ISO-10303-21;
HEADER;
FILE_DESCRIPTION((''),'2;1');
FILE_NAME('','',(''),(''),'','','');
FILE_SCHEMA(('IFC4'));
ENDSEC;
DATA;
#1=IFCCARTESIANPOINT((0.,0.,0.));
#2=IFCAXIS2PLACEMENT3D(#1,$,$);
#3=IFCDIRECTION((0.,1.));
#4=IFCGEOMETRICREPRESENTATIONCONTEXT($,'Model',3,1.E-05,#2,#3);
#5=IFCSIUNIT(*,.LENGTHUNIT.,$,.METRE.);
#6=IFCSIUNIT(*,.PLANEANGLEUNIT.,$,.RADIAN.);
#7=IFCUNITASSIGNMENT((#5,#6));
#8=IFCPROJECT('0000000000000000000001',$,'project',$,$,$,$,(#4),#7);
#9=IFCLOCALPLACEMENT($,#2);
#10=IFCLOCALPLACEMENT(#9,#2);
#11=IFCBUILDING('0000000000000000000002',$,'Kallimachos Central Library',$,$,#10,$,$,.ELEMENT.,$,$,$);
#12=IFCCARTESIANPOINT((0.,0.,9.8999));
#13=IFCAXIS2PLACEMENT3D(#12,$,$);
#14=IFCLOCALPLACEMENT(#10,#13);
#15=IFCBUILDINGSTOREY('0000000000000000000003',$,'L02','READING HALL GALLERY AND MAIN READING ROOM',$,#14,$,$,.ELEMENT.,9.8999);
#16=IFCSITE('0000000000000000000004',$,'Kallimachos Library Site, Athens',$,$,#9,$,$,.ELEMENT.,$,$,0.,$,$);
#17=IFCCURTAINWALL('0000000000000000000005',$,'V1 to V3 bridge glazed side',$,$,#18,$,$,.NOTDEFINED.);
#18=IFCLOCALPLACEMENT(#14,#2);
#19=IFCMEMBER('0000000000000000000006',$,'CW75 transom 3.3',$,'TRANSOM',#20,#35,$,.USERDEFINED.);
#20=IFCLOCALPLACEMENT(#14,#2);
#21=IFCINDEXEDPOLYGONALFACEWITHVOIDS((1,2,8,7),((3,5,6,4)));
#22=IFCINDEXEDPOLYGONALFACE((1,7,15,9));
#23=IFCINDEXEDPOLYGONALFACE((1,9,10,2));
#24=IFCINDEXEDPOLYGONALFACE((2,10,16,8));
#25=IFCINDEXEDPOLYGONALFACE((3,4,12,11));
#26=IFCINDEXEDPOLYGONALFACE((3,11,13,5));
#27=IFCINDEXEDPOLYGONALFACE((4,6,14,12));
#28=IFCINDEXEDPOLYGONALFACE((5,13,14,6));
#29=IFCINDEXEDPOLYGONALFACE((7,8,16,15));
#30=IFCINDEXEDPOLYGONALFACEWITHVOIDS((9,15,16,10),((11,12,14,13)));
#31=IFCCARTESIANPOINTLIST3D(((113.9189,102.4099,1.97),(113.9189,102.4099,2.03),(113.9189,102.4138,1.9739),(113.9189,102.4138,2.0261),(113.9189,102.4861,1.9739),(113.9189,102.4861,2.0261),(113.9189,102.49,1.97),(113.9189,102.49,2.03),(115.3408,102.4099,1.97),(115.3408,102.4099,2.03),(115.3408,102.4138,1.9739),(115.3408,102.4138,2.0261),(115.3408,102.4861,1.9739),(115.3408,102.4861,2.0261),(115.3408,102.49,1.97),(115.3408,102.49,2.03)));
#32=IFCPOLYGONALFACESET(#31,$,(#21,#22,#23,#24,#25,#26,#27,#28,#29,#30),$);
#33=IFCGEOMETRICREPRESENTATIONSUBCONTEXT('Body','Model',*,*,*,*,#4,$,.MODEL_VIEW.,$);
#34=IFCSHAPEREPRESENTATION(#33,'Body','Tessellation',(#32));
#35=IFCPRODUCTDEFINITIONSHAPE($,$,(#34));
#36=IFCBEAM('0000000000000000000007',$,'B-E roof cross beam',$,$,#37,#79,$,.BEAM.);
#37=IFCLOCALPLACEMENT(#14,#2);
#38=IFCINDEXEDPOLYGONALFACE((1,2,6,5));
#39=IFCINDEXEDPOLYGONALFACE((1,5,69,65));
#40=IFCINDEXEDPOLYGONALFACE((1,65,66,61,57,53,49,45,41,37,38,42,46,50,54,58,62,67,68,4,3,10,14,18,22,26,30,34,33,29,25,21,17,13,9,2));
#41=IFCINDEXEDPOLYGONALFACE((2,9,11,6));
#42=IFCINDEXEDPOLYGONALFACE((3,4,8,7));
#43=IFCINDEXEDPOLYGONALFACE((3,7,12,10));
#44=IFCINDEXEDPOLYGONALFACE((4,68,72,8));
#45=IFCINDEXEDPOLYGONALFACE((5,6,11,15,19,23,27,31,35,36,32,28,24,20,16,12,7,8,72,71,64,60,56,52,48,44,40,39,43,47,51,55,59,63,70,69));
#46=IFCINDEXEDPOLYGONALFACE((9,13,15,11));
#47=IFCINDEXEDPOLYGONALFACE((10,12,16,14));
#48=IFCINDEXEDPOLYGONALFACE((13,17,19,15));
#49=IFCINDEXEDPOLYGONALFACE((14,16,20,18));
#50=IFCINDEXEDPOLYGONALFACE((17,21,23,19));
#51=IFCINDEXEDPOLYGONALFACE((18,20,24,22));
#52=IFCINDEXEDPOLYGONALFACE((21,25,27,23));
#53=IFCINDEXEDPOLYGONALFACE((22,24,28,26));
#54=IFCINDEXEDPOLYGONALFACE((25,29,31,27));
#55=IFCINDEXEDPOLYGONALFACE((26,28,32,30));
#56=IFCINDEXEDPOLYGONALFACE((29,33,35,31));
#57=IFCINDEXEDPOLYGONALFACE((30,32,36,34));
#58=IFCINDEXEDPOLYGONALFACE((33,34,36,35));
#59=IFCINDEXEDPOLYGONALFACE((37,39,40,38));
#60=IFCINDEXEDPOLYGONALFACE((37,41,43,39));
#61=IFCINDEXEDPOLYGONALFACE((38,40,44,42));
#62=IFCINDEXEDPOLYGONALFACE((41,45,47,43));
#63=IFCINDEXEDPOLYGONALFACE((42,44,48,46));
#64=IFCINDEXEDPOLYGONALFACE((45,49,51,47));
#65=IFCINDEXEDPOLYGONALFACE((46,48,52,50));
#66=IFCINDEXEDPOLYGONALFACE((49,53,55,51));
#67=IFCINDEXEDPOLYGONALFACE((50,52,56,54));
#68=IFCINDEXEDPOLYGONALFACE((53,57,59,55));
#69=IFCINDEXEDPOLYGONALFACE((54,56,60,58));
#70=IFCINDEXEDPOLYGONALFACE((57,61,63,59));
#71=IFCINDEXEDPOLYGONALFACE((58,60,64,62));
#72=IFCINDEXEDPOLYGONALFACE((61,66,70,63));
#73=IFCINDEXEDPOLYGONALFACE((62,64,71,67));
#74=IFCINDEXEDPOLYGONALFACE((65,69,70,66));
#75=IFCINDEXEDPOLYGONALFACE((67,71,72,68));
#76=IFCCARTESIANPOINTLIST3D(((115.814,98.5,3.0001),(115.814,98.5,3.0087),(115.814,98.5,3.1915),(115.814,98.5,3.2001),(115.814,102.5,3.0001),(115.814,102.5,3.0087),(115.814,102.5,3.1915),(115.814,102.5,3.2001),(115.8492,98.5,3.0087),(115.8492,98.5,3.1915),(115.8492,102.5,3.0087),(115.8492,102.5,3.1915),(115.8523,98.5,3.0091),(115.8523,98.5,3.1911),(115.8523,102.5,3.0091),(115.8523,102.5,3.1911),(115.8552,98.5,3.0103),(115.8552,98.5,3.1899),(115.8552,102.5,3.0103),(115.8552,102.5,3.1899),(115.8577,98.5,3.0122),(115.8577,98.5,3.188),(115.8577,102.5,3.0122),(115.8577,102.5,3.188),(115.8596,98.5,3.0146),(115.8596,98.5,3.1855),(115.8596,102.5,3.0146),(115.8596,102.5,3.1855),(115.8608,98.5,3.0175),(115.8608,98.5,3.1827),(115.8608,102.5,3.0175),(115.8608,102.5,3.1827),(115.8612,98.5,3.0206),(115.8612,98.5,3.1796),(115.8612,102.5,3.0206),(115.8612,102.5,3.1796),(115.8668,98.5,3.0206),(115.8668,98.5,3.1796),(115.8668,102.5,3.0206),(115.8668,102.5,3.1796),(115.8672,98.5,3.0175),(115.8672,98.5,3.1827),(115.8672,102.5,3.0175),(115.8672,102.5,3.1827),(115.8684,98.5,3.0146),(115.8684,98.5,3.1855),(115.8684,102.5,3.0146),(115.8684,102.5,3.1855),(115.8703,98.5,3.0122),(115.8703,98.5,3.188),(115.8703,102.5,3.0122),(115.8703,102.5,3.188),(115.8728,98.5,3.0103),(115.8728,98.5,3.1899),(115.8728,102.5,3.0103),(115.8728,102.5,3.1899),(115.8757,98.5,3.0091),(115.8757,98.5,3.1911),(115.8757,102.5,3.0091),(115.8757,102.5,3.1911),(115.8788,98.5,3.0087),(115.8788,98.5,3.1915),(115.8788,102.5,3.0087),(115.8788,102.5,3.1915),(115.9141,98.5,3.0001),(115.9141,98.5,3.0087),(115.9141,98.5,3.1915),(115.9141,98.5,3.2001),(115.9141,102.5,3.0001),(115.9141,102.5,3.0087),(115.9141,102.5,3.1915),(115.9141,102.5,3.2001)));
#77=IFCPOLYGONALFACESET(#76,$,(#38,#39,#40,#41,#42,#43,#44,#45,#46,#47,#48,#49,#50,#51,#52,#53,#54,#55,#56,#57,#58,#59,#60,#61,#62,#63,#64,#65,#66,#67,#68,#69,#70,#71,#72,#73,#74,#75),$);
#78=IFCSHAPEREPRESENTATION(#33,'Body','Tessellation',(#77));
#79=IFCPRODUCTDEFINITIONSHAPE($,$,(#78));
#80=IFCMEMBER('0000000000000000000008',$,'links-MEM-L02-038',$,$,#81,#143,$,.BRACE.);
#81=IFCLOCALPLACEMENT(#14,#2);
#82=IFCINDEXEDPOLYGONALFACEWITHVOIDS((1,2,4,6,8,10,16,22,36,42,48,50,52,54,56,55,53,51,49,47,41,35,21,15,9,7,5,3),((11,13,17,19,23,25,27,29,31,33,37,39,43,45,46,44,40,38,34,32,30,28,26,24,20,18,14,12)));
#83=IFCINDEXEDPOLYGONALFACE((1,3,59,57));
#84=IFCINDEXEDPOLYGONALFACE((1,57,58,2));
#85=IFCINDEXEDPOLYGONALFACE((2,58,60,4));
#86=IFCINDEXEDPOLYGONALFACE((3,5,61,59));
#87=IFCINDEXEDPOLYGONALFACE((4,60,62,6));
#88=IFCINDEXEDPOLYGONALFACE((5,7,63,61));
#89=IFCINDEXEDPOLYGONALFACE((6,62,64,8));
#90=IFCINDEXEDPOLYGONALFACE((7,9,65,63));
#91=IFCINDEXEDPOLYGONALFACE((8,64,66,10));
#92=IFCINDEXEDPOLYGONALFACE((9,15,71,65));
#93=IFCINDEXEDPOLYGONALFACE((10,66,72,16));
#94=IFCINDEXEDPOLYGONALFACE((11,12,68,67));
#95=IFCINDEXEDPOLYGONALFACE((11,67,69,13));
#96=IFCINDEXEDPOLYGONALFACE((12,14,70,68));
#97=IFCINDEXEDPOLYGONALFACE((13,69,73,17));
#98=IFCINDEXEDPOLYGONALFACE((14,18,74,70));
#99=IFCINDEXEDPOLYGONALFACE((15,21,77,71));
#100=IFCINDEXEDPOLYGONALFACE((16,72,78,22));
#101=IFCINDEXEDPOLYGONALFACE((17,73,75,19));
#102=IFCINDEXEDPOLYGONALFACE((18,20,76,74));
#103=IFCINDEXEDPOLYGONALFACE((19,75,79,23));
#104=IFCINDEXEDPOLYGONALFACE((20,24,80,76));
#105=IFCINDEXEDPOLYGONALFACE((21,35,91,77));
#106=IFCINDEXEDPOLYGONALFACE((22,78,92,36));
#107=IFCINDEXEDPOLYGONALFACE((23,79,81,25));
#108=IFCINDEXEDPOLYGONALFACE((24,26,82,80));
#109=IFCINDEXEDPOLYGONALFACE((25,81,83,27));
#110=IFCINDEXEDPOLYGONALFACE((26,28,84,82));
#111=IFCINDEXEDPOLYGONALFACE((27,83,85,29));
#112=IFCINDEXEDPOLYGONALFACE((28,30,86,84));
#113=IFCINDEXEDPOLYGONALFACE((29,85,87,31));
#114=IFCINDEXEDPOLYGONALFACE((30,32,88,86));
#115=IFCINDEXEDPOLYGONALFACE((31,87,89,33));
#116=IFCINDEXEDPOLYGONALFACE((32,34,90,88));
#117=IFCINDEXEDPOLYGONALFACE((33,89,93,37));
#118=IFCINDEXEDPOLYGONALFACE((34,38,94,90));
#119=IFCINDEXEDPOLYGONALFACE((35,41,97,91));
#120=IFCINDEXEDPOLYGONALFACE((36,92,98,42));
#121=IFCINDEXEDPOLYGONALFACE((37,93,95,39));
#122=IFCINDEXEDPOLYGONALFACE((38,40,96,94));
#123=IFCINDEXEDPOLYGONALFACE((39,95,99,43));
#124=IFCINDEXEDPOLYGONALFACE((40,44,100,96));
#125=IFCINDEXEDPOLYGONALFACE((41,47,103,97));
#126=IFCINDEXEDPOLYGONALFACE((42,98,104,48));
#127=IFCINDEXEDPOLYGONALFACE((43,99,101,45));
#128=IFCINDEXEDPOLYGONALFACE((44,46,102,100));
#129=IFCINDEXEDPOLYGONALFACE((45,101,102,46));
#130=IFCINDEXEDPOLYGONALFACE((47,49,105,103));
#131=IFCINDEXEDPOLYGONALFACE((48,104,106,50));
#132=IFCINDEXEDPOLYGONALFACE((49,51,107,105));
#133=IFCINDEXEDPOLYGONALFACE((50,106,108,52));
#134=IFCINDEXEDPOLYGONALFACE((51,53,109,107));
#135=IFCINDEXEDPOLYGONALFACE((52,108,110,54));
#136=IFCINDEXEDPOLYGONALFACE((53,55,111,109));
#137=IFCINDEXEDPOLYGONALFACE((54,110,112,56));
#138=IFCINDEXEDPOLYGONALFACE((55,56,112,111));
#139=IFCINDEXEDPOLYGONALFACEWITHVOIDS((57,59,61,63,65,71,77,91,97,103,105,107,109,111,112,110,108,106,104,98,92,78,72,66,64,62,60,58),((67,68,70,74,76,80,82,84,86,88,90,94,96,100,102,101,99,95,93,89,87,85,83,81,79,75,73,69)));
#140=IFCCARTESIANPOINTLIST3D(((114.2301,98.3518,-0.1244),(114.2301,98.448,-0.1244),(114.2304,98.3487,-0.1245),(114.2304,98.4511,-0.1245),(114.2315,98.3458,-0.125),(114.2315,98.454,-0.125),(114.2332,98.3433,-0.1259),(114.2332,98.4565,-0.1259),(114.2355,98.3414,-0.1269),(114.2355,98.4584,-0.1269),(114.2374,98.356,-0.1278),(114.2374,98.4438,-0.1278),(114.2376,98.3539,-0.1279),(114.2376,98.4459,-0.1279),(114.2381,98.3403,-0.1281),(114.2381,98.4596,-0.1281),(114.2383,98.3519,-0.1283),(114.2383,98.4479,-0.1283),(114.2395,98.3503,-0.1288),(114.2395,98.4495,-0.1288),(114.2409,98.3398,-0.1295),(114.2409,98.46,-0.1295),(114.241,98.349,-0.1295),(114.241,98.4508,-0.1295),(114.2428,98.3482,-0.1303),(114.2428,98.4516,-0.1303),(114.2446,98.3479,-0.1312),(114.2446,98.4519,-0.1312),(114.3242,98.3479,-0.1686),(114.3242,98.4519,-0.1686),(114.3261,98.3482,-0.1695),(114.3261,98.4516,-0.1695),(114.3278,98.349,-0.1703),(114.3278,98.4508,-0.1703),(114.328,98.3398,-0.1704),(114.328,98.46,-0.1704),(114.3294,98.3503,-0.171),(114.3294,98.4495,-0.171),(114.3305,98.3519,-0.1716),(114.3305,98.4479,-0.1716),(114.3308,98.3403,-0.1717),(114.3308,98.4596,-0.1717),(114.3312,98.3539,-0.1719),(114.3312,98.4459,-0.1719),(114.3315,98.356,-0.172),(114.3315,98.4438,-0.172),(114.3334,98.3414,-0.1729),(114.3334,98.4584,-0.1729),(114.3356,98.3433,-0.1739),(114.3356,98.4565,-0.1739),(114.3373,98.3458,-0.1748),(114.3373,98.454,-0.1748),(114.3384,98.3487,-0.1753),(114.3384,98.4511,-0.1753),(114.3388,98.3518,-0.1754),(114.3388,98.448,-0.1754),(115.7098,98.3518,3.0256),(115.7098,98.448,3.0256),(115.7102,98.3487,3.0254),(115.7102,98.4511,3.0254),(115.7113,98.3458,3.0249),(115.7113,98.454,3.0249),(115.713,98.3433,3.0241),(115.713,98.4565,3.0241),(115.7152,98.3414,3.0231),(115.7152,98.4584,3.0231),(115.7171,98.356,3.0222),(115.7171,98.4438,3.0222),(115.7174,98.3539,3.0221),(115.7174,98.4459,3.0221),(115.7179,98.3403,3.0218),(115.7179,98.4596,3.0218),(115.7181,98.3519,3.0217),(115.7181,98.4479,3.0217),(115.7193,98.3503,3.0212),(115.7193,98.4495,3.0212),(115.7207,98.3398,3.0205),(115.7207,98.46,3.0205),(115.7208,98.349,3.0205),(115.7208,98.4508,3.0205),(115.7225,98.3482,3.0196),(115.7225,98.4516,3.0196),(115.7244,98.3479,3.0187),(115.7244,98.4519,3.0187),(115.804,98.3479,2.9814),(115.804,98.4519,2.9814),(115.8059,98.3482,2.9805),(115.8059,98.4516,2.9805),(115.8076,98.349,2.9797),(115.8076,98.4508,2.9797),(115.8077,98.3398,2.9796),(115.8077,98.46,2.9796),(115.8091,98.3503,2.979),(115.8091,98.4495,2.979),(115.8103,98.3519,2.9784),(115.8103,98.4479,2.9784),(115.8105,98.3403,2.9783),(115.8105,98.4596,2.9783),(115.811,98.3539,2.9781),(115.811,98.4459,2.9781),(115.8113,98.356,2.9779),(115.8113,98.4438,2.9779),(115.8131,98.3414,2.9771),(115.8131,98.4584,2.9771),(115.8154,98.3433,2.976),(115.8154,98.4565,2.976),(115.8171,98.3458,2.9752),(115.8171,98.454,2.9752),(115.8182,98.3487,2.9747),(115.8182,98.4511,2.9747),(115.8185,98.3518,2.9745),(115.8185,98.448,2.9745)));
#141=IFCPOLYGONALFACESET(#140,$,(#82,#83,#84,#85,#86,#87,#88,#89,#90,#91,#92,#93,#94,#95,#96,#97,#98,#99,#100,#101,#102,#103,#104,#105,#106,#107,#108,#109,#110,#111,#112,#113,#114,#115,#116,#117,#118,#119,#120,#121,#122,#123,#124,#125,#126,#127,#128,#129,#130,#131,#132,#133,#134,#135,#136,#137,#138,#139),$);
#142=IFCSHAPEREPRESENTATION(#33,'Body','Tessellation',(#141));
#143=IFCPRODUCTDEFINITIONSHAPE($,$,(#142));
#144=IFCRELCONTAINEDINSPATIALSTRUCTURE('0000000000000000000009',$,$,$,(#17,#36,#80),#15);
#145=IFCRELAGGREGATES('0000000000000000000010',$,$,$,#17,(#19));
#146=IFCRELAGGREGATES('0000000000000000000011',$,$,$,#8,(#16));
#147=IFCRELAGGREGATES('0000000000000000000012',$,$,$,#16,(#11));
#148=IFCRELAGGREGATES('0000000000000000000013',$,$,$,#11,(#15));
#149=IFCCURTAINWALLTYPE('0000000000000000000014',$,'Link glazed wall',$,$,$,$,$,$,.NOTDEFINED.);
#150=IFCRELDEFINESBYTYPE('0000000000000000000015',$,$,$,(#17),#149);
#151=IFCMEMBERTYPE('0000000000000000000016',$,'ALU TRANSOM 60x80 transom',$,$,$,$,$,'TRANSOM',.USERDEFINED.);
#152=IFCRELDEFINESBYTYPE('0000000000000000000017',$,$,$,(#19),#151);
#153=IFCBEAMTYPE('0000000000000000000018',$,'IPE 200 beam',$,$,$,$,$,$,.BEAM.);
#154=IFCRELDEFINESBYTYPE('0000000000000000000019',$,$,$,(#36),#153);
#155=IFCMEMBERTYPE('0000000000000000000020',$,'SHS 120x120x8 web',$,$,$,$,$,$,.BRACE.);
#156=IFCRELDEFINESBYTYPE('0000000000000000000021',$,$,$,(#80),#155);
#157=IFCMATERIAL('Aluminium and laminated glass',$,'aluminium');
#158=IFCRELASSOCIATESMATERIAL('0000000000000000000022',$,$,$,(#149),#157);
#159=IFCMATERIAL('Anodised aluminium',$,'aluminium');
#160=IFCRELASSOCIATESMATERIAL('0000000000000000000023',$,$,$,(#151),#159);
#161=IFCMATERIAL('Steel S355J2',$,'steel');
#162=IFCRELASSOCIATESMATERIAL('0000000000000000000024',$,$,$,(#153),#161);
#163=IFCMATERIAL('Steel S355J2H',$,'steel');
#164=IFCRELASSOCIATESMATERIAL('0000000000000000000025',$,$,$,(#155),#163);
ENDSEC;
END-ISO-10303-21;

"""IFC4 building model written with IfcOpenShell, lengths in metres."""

from ifc_helpers import new_model, si_unit, direction, frame, origin, origin_2d, place, context, subcontext, project, spatial, hollow_rectangle, i_section, extrude, material, material_profile, profile_set, type_object, element, aggregate, save


model = new_model("IFC4")

# Units and contexts
model_context = context("Model", 3, precision=1e-05, world=origin(), true_north=direction((0.0, 1.0)))
body_context = subcontext(model_context, "Body", "Model", "MODEL_VIEW")
ifc_project = project(units=[si_unit("LENGTHUNIT", "METRE"), si_unit("PLANEANGLEUNIT", "RADIAN")], contexts=[model_context])

# Site, building, storey
site_placement = place(None, origin())
site = spatial("IfcSite", under=ifc_project, at=site_placement, Name="Kallimachos Library Site, Athens", CompositionType="ELEMENT", RefElevation=0.0)
building_placement = place(site_placement, origin())
building = spatial("IfcBuilding", under=site, at=building_placement, Name="Kallimachos Central Library", CompositionType="ELEMENT")
storey_placement = place(building_placement, frame((0.0, 0.0, 9.8999)))
storey = spatial("IfcBuildingStorey", under=building, at=storey_placement, Name="L02", Description="READING HALL GALLERY AND MAIN READING ROOM", CompositionType="ELEMENT", Elevation=9.8999)

# Curtain wall, member
ifc_material_1 = material(Name="Aluminium and laminated glass", Category="aluminium")
curtain_wall_type = type_object("IfcCurtainWallType", Name="Link glazed wall", PredefinedType="NOTDEFINED", material=ifc_material_1)
ifc_material_2 = material(Name="Anodised aluminium", Category="aluminium")
ifc_material_profile_1 = material_profile(ifc_material_2, hollow_rectangle(XDim=0.0601, YDim=0.0801, WallThickness=0.0039, at=origin_2d()), Name="ALU TRANSOM 60x80")
ifc_profile_set_1 = profile_set([ifc_material_profile_1], Name="Anodised aluminium")
member_type_1 = type_object("IfcMemberType", Name="ALU TRANSOM 60x80 transom", ElementType="TRANSOM", PredefinedType="USERDEFINED", material=ifc_profile_set_1)
curtain_wall_1_placement = place(storey_placement, origin())
curtain_wall_1 = element("IfcCurtainWall", 1, at=curtain_wall_1_placement, inside=storey, type_object=curtain_wall_type, Name="V1 to V3 bridge glazed side", PredefinedType="NOTDEFINED")
member_1_placement = place(storey_placement, frame((113.9189, 102.45, 2.0), z_axis=(1.0, 0.0, 0.0), x_axis=(0.0, 0.0, 1.0)))
member_1 = element("IfcMember", 2, at=member_1_placement, type_object=member_type_1, Name="CW75 transom 3.3", ObjectType="TRANSOM", PredefinedType="USERDEFINED", context=body_context, shape_type="SweptSolid", body=[
    extrude(hollow_rectangle(XDim=0.0601, YDim=0.0801, WallThickness=0.0039, at=origin_2d()), origin(), (0.0, 0.0, 1.0), 1.4219),
])
aggregate(curtain_wall_1, [member_1])

# Beam
ifc_material_3 = material(Name="Steel S355J2", Category="steel")
ifc_material_profile_2 = material_profile(ifc_material_3, i_section(OverallWidth=0.1001, OverallDepth=0.2, WebThickness=0.0056, FlangeThickness=0.0085, FilletRadius=0.012, at=origin_2d()), Name="IPE 200")
ifc_profile_set_2 = profile_set([ifc_material_profile_2], Name="Steel S355J2")
beam_type = type_object("IfcBeamType", Name="IPE 200 beam", PredefinedType="BEAM", material=ifc_profile_set_2)
beam_placement = place(storey_placement, frame((115.864, 98.5, 3.1001), z_axis=(0.0, 1.0, 0.0), x_axis=(-1.0, 0.0, 0.0)))
element("IfcBeam", 3, at=beam_placement, inside=storey, type_object=beam_type, Name="B-E roof cross beam", PredefinedType="BEAM", context=body_context, shape_type="SweptSolid", body=[
    extrude(i_section(OverallWidth=0.1001, OverallDepth=0.2, WebThickness=0.0056, FlangeThickness=0.0085, FilletRadius=0.012, at=origin_2d()), origin(), (0.0, 0.0, 1.0), 4.0),
])

# Member
ifc_material_4 = material(Name="Steel S355J2H", Category="steel")
ifc_material_profile_3 = material_profile(ifc_material_4, hollow_rectangle(XDim=0.1201, YDim=0.1201, WallThickness=0.0081, InnerFilletRadius=0.0081, OuterFilletRadius=0.012, at=origin_2d()), Name="SHS 120x120x8")
ifc_profile_set_3 = profile_set([ifc_material_profile_3], Name="Steel S355J2H")
member_type_2 = type_object("IfcMemberType", Name="SHS 120x120x8 web", PredefinedType="BRACE", material=ifc_profile_set_3)
for number, where, z_axis, x_axis, name in (
    (4, (114.2844, 98.3999, -0.1499), (0.425192, 0.0, 0.905103), (0.0, 1.0, 0.0), "links-MEM-L02-038"),
):
    element("IfcMember", number, at=place(storey_placement, frame(where, z_axis=z_axis, x_axis=x_axis)), inside=storey, type_object=member_type_2, Name=name, PredefinedType="BRACE", context=body_context, shape_type="SweptSolid", body=[
        extrude(hollow_rectangle(XDim=0.1201, YDim=0.1201, WallThickness=0.0081, InnerFilletRadius=0.0081, OuterFilletRadius=0.012, at=origin_2d()), origin(), (0.0, 0.0, 1.0), 3.4802),
    ])

save(model, "model.ifc")
